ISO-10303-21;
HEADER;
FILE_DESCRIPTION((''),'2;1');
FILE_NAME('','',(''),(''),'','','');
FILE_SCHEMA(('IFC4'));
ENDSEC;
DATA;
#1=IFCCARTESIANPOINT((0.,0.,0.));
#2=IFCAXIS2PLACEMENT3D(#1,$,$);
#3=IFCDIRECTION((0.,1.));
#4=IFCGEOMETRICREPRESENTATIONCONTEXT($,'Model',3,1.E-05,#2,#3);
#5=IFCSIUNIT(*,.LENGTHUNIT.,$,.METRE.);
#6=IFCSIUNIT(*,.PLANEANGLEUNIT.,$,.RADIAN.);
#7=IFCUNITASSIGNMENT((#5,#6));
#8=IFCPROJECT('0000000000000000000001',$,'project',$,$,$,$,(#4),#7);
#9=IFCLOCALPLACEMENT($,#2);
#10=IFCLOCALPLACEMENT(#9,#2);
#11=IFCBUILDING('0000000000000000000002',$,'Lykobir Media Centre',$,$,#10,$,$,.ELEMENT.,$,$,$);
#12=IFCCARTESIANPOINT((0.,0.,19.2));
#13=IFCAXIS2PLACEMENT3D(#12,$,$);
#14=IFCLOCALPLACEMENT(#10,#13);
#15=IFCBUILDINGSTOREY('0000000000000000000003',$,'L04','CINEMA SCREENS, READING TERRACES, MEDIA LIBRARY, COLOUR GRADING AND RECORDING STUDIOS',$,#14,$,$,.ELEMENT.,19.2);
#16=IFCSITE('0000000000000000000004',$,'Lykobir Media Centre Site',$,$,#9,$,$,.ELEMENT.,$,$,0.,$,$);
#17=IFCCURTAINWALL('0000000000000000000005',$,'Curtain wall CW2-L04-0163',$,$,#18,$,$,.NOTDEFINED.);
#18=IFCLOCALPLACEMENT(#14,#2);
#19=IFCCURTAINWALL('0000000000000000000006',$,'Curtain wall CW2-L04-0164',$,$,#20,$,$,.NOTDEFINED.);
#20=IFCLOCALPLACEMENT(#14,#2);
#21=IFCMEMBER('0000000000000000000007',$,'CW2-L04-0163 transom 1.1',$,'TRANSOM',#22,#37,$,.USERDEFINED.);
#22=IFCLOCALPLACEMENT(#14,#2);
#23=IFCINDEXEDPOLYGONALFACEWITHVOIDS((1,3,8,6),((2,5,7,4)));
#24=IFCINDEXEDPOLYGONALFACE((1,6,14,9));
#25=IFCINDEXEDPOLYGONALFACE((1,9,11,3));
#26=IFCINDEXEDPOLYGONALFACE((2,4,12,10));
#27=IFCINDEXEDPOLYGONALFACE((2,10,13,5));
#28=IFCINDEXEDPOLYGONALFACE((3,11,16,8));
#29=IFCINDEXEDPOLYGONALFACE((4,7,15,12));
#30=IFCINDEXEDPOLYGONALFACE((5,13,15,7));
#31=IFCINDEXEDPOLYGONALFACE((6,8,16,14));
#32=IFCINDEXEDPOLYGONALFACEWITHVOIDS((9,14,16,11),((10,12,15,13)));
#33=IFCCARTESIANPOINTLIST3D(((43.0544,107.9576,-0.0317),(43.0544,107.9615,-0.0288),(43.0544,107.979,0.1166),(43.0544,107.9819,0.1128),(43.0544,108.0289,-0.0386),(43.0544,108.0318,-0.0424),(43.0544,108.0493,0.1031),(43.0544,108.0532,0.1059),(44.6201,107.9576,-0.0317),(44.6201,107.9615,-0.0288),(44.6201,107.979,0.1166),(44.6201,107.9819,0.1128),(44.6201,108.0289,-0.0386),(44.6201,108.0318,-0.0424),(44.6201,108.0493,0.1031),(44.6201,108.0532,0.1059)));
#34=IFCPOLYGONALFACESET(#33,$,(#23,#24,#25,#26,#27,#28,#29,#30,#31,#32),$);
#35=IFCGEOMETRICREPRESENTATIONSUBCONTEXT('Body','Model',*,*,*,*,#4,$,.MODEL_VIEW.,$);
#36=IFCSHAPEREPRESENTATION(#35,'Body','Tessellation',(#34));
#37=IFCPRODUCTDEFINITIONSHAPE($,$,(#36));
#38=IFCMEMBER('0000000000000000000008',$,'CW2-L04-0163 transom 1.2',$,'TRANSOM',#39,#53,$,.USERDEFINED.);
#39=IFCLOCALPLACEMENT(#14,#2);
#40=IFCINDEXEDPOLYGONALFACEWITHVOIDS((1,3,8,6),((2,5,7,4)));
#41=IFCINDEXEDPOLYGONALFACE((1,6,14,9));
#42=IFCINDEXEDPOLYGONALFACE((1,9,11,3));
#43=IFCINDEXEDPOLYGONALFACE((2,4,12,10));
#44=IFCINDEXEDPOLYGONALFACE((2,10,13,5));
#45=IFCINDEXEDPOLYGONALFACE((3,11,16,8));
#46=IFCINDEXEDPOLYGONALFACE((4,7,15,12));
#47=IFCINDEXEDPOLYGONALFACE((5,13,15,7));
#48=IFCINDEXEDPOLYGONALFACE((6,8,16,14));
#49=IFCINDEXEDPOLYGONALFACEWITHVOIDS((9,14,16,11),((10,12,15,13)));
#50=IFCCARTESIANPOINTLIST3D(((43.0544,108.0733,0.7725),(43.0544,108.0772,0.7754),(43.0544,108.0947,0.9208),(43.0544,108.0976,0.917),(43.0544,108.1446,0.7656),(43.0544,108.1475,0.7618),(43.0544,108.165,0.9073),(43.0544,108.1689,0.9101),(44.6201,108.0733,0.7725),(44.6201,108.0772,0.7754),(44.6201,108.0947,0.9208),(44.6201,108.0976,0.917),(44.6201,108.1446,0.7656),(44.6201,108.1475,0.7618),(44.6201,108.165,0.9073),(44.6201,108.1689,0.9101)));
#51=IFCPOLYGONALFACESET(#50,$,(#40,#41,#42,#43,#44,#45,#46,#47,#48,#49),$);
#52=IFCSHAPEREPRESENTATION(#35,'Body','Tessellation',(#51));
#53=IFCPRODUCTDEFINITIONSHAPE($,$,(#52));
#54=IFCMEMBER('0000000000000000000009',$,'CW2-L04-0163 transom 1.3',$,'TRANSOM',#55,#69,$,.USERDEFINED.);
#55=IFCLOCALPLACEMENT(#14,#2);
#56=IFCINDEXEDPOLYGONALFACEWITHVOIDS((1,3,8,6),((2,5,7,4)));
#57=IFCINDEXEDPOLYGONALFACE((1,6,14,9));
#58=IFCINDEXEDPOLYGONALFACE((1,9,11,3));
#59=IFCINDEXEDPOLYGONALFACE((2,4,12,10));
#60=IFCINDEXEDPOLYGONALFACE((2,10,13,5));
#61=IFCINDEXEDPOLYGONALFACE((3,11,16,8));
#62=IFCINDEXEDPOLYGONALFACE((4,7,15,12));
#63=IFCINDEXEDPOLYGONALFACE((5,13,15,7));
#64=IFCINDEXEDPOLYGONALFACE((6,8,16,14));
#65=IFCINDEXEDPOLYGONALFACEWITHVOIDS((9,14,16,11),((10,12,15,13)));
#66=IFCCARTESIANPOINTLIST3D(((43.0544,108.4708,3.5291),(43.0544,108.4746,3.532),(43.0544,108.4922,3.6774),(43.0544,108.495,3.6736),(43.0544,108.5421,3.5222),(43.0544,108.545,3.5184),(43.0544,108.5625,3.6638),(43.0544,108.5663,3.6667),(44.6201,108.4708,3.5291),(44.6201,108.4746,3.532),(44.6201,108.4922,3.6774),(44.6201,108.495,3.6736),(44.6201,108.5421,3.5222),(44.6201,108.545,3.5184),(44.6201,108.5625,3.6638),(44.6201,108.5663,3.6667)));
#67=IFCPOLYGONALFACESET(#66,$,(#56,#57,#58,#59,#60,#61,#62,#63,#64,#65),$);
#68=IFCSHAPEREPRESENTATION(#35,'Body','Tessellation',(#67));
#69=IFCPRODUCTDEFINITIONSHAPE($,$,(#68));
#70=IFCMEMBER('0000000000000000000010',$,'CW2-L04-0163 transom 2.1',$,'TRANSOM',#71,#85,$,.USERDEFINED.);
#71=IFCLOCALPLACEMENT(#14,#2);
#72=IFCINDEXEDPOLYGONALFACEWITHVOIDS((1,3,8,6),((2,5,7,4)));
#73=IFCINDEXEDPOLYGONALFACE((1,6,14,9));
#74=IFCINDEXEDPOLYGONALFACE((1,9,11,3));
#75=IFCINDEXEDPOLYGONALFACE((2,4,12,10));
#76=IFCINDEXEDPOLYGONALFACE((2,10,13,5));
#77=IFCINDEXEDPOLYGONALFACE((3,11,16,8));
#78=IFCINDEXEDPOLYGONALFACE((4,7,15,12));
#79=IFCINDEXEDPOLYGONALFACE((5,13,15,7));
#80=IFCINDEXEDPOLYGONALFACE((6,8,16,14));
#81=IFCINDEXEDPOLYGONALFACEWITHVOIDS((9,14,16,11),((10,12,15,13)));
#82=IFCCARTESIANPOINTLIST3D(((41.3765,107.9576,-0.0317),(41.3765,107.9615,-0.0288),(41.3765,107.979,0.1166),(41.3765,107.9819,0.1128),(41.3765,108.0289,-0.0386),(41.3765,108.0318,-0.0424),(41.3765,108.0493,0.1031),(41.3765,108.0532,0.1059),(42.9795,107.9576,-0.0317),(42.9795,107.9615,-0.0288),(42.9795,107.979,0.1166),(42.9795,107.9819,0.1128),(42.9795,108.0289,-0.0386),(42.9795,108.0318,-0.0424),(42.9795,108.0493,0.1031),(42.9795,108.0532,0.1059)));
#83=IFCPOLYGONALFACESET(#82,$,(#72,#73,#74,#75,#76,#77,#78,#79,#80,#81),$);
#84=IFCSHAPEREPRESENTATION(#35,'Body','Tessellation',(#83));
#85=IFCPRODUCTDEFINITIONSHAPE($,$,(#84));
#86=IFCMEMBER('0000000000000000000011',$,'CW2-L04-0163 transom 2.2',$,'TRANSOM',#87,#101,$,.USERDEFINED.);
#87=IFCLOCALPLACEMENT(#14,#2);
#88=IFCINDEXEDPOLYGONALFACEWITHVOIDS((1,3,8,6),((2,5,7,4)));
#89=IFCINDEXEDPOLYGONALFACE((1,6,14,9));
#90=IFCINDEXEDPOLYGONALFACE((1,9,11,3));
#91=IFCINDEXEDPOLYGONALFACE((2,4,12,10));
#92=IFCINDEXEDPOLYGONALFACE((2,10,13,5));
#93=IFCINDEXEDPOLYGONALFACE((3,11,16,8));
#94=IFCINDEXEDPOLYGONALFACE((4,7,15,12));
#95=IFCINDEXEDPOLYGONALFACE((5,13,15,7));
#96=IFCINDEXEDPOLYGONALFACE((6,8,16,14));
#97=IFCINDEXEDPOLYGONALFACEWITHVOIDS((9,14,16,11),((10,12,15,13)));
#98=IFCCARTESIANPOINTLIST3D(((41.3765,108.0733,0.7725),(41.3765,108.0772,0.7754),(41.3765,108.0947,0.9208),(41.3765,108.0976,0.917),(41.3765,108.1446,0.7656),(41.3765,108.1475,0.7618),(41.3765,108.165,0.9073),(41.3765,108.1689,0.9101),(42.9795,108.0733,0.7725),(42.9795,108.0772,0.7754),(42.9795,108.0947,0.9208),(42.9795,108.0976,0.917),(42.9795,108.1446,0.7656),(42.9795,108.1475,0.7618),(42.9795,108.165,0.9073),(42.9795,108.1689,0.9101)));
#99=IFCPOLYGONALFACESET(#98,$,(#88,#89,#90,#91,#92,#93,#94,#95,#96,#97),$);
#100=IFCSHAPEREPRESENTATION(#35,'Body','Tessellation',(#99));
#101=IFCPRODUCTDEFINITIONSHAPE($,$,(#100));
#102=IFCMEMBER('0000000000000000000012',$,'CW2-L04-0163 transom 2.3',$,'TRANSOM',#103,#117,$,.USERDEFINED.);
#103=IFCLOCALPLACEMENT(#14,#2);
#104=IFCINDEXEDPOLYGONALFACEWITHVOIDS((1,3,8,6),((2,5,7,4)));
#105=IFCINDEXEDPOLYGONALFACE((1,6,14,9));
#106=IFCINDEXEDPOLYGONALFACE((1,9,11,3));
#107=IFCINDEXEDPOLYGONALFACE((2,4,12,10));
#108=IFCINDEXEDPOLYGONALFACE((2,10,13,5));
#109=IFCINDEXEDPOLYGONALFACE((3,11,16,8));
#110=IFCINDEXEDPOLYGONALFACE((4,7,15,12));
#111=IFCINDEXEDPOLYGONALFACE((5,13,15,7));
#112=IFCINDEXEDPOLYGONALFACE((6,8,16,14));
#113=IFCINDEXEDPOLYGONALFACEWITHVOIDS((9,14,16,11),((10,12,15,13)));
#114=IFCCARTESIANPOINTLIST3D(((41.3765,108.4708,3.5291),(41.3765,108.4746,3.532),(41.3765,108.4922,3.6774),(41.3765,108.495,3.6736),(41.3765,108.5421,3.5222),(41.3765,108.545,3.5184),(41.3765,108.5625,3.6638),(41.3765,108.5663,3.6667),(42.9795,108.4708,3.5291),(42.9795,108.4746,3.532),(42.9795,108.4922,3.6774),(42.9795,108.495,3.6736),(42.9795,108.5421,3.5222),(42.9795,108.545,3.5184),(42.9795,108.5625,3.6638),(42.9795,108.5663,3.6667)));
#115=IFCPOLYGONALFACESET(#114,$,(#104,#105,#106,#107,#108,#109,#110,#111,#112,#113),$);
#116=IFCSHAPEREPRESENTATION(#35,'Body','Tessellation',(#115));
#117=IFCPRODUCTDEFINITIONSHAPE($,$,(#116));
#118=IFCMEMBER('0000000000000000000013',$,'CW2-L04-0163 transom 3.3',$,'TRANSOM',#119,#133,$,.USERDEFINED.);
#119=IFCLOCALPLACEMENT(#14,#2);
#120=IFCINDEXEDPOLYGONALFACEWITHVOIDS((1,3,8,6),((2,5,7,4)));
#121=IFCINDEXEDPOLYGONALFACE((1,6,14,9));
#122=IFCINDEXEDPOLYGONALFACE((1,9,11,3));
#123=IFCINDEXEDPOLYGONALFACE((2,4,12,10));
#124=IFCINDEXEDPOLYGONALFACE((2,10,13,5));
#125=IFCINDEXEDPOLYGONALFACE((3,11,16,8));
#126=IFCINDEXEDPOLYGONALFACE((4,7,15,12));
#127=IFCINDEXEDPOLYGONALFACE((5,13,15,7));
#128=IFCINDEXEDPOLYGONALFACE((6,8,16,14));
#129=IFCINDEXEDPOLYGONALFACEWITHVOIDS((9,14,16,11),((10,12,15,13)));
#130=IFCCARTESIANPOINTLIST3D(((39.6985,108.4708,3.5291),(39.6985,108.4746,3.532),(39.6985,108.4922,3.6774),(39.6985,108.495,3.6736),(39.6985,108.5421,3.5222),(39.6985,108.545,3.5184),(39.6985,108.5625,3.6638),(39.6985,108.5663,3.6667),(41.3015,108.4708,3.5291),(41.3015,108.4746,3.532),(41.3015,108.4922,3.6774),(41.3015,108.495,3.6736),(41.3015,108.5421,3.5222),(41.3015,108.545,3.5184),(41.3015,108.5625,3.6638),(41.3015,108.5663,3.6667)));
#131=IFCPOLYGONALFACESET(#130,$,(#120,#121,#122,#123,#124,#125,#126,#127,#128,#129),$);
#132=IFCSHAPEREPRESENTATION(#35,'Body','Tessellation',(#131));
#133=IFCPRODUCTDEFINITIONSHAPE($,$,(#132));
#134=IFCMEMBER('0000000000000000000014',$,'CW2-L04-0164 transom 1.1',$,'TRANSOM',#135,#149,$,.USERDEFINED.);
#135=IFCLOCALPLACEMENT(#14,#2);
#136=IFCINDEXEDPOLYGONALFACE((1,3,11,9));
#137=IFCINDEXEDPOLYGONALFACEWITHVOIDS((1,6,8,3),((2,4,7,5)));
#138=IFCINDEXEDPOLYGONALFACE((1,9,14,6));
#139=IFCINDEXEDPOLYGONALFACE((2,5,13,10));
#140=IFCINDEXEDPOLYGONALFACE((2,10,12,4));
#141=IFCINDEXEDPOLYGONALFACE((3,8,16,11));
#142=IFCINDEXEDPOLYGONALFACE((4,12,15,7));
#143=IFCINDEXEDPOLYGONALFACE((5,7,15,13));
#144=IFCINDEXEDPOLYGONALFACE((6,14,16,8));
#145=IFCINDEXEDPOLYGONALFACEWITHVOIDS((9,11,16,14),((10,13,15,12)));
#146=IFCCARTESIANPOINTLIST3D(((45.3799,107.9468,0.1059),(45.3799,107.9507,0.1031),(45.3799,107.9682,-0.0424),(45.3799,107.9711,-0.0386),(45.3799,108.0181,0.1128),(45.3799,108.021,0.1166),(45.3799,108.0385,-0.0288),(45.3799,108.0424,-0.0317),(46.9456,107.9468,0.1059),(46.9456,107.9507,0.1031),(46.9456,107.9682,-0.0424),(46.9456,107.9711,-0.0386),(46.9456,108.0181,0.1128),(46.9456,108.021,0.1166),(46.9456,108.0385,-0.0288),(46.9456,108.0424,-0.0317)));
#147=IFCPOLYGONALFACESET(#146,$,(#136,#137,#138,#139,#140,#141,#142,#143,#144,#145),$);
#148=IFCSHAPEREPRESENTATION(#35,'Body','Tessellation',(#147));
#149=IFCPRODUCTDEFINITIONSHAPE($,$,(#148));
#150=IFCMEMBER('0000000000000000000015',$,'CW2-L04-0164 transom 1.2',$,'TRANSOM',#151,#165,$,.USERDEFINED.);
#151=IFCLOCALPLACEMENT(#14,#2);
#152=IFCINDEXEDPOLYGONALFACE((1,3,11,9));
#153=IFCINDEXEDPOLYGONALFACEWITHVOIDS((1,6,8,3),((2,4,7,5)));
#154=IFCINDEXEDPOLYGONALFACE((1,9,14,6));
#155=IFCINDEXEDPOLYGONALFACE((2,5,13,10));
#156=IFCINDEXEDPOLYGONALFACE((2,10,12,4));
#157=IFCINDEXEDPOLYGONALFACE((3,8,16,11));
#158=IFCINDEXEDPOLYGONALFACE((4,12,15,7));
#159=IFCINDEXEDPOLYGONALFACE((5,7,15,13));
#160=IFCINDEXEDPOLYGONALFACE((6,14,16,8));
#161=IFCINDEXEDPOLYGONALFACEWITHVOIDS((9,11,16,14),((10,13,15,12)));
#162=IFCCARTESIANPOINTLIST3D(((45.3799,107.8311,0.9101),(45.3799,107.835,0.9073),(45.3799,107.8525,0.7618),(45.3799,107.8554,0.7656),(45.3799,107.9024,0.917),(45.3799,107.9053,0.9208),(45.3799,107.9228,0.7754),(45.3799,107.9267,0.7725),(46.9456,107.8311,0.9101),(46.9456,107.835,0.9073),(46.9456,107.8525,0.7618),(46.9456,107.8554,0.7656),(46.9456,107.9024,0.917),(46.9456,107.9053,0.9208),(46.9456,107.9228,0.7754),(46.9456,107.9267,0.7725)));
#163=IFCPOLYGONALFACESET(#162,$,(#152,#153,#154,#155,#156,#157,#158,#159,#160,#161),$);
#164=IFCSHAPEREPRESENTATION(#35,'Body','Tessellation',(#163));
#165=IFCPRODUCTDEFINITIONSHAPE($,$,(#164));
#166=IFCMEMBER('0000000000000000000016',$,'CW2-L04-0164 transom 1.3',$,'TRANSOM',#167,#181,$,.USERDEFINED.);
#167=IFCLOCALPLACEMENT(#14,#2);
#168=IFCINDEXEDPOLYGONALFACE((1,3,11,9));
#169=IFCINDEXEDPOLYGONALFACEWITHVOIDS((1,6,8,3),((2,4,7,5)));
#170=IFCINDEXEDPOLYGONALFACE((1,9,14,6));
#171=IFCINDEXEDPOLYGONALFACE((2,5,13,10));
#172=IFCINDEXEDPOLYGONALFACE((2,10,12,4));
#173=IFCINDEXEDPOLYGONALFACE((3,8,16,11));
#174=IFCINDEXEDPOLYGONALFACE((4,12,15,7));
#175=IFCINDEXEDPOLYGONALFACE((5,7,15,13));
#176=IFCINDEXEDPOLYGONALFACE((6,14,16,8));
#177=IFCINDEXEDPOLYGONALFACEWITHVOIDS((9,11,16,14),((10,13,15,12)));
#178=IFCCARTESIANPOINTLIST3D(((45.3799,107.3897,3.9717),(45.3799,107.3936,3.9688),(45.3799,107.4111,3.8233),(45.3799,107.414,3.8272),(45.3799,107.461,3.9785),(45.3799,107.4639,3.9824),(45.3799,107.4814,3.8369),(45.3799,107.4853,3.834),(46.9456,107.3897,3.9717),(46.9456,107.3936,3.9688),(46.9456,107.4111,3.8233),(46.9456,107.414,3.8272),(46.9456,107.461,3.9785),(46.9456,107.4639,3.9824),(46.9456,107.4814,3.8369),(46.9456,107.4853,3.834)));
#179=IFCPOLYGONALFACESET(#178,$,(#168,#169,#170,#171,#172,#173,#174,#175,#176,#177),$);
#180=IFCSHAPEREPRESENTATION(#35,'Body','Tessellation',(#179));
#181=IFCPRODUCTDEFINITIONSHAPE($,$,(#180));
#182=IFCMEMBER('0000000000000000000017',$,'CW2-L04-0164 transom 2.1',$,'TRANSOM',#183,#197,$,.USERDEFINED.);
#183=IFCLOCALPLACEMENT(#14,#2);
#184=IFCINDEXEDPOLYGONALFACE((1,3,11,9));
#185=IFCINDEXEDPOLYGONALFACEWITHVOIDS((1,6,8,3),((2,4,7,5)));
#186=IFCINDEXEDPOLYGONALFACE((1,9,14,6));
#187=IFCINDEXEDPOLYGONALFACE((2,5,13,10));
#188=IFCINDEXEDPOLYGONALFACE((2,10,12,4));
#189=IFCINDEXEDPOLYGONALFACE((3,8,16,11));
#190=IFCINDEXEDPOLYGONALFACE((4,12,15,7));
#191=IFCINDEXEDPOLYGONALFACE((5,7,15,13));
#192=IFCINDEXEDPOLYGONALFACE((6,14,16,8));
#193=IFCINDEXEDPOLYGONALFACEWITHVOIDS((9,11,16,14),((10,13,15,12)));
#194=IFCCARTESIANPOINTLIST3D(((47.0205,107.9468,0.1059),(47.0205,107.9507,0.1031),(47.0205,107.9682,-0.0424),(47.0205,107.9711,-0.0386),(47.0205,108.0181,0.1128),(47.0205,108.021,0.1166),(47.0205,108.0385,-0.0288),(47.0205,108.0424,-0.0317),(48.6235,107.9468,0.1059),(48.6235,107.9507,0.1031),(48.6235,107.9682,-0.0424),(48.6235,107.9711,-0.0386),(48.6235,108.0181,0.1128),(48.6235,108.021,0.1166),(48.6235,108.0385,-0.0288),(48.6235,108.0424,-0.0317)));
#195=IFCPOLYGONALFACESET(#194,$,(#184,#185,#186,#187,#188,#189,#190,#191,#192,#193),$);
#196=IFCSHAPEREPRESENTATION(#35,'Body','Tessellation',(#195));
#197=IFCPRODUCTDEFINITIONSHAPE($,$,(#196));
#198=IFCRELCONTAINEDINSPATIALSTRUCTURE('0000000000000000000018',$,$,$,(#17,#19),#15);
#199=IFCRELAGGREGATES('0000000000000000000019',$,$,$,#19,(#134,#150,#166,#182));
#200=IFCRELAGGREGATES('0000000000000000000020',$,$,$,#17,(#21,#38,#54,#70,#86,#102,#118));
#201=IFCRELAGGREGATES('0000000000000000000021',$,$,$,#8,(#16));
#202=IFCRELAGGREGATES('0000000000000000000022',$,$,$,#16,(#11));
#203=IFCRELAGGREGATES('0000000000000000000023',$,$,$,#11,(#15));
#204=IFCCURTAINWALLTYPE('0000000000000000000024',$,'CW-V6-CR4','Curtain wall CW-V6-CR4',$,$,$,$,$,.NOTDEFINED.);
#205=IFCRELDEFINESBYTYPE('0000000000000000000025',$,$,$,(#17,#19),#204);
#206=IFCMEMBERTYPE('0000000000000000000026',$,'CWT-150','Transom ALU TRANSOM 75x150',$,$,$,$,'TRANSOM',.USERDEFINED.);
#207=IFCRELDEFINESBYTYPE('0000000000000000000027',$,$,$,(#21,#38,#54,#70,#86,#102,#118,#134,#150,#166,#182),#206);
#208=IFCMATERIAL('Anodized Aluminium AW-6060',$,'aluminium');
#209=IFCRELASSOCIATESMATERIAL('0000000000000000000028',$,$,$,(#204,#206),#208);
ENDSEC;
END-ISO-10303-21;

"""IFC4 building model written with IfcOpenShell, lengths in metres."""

from ifc_helpers import new_model, si_unit, direction, frame, origin, origin_2d, place, context, subcontext, project, spatial, hollow_rectangle, extrude, material, material_profile, profile_set, type_object, element, aggregate, save


model = new_model("IFC4")

# Units and contexts
model_context = context("Model", 3, precision=1e-05, world=origin(), true_north=direction((0.0, 1.0)))
body_context = subcontext(model_context, "Body", "Model", "MODEL_VIEW")
ifc_project = project(units=[si_unit("LENGTHUNIT", "METRE"), si_unit("PLANEANGLEUNIT", "RADIAN")], contexts=[model_context])

# Site, building, storey
site_placement = place(None, origin())
site = spatial("IfcSite", under=ifc_project, at=site_placement, Name="Lykobir Media Centre Site", CompositionType="ELEMENT", RefElevation=0.0)
building_placement = place(site_placement, origin())
building = spatial("IfcBuilding", under=site, at=building_placement, Name="Lykobir Media Centre", CompositionType="ELEMENT")
storey_placement = place(building_placement, frame((0.0, 0.0, 19.2)))
storey = spatial("IfcBuildingStorey", under=building, at=storey_placement, Name="L04", Description="CINEMA SCREENS, READING TERRACES, MEDIA LIBRARY, COLOUR GRADING AND RECORDING STUDIOS", CompositionType="ELEMENT", Elevation=19.2)

# Curtain walls
ifc_material_1 = material(Name="Anodized Aluminium AW-6060", Category="aluminium")
curtain_wall_type_1 = type_object("IfcCurtainWallType", Name="CW-V6-CR4", Description="Curtain wall CW-V6-CR4", PredefinedType="NOTDEFINED", material=ifc_material_1)
curtain_wall_1_placement = place(storey_placement, origin())
curtain_wall_1 = element("IfcCurtainWall", 1, at=curtain_wall_1_placement, inside=storey, type_object=curtain_wall_type_1, Name="Curtain wall CW2-L04-0163", PredefinedType="NOTDEFINED")
curtain_wall_2_placement = place(storey_placement, origin())
curtain_wall_2 = element("IfcCurtainWall", 2, at=curtain_wall_2_placement, inside=storey, type_object=curtain_wall_type_1, Name="Curtain wall CW2-L04-0164", PredefinedType="NOTDEFINED")

# Members
ifc_material_profile_1 = material_profile(ifc_material_1, hollow_rectangle(XDim=0.075, YDim=0.1499, WallThickness=0.0034, at=origin_2d()), Name="ALU TRANSOM 75x150")
ifc_profile_set_1 = profile_set([ifc_material_profile_1], Name="Anodized Aluminium AW-6060")
member_type_1 = type_object("IfcMemberType", Name="CWT-150", Description="Transom ALU TRANSOM 75x150", ElementType="TRANSOM", PredefinedType="USERDEFINED", material=ifc_profile_set_1)
member_1_placement = place(storey_placement, frame((44.6201, 108.0054, 0.0371), z_axis=(-1.0, 0.0, 0.0), x_axis=(0.0, -0.989776, 0.142629)))
member_1 = element("IfcMember", 3, at=member_1_placement, type_object=member_type_1, Name="CW2-L04-0163 transom 1.1", ObjectType="TRANSOM", PredefinedType="USERDEFINED", context=body_context, shape_type="SweptSolid", body=[
    extrude(hollow_rectangle(XDim=0.075, YDim=0.1499, WallThickness=0.0034, at=origin_2d()), origin(), (0.0, 0.0, 1.0), 1.5657),
])
member_2_placement = place(storey_placement, frame((44.6201, 108.1211, 0.8413), z_axis=(-1.0, 0.0, 0.0), x_axis=(0.0, -0.989776, 0.142629)))
member_2 = element("IfcMember", 4, at=member_2_placement, type_object=member_type_1, Name="CW2-L04-0163 transom 1.2", ObjectType="TRANSOM", PredefinedType="USERDEFINED", context=body_context, shape_type="SweptSolid", body=[
    extrude(hollow_rectangle(XDim=0.075, YDim=0.1499, WallThickness=0.0034, at=origin_2d()), origin(), (0.0, 0.0, 1.0), 1.5657),
])
member_3_placement = place(storey_placement, frame((44.6201, 108.5186, 3.5979), z_axis=(-1.0, 0.0, 0.0), x_axis=(0.0, -0.989776, 0.142629)))
member_3 = element("IfcMember", 5, at=member_3_placement, type_object=member_type_1, Name="CW2-L04-0163 transom 1.3", ObjectType="TRANSOM", PredefinedType="USERDEFINED", context=body_context, shape_type="SweptSolid", body=[
    extrude(hollow_rectangle(XDim=0.075, YDim=0.1499, WallThickness=0.0034, at=origin_2d()), origin(), (0.0, 0.0, 1.0), 1.5657),
])
member_4_placement = place(storey_placement, frame((42.9795, 108.0054, 0.0371), z_axis=(-1.0, 0.0, 0.0), x_axis=(0.0, -0.989776, 0.142629)))
member_4 = element("IfcMember", 6, at=member_4_placement, type_object=member_type_1, Name="CW2-L04-0163 transom 2.1", ObjectType="TRANSOM", PredefinedType="USERDEFINED", context=body_context, shape_type="SweptSolid", body=[
    extrude(hollow_rectangle(XDim=0.075, YDim=0.1499, WallThickness=0.0034, at=origin_2d()), origin(), (0.0, 0.0, 1.0), 1.603),
])
member_5_placement = place(storey_placement, frame((42.9795, 108.1211, 0.8413), z_axis=(-1.0, 0.0, 0.0), x_axis=(0.0, -0.989776, 0.142629)))
member_5 = element("IfcMember", 7, at=member_5_placement, type_object=member_type_1, Name="CW2-L04-0163 transom 2.2", ObjectType="TRANSOM", PredefinedType="USERDEFINED", context=body_context, shape_type="SweptSolid", body=[
    extrude(hollow_rectangle(XDim=0.075, YDim=0.1499, WallThickness=0.0034, at=origin_2d()), origin(), (0.0, 0.0, 1.0), 1.603),
])
member_6_placement = place(storey_placement, frame((42.9795, 108.5186, 3.5979), z_axis=(-1.0, 0.0, 0.0), x_axis=(0.0, -0.989776, 0.142629)))
member_6 = element("IfcMember", 8, at=member_6_placement, type_object=member_type_1, Name="CW2-L04-0163 transom 2.3", ObjectType="TRANSOM", PredefinedType="USERDEFINED", context=body_context, shape_type="SweptSolid", body=[
    extrude(hollow_rectangle(XDim=0.075, YDim=0.1499, WallThickness=0.0034, at=origin_2d()), origin(), (0.0, 0.0, 1.0), 1.603),
])
member_7_placement = place(storey_placement, frame((41.3015, 108.5186, 3.5979), z_axis=(-1.0, 0.0, 0.0), x_axis=(0.0, -0.989776, 0.142629)))
member_7 = element("IfcMember", 9, at=member_7_placement, type_object=member_type_1, Name="CW2-L04-0163 transom 3.3", ObjectType="TRANSOM", PredefinedType="USERDEFINED", context=body_context, shape_type="SweptSolid", body=[
    extrude(hollow_rectangle(XDim=0.075, YDim=0.1499, WallThickness=0.0034, at=origin_2d()), origin(), (0.0, 0.0, 1.0), 1.603),
])
member_8_placement = place(storey_placement, frame((45.3799, 107.9946, 0.0371), z_axis=(1.0, 0.0, 0.0), x_axis=(0.0, 0.989776, 0.142629)))
member_8 = element("IfcMember", 10, at=member_8_placement, type_object=member_type_1, Name="CW2-L04-0164 transom 1.1", ObjectType="TRANSOM", PredefinedType="USERDEFINED", context=body_context, shape_type="SweptSolid", body=[
    extrude(hollow_rectangle(XDim=0.075, YDim=0.1499, WallThickness=0.0034, at=origin_2d()), origin(), (0.0, 0.0, 1.0), 1.5657),
])
member_9_placement = place(storey_placement, frame((45.3799, 107.8789, 0.8413), z_axis=(1.0, 0.0, 0.0), x_axis=(0.0, 0.989776, 0.142629)))
member_9 = element("IfcMember", 11, at=member_9_placement, type_object=member_type_1, Name="CW2-L04-0164 transom 1.2", ObjectType="TRANSOM", PredefinedType="USERDEFINED", context=body_context, shape_type="SweptSolid", body=[
    extrude(hollow_rectangle(XDim=0.075, YDim=0.1499, WallThickness=0.0034, at=origin_2d()), origin(), (0.0, 0.0, 1.0), 1.5657),
])
member_10_placement = place(storey_placement, frame((45.3799, 107.4375, 3.9028), z_axis=(1.0, 0.0, 0.0), x_axis=(0.0, 0.989776, 0.142629)))
member_10 = element("IfcMember", 12, at=member_10_placement, type_object=member_type_1, Name="CW2-L04-0164 transom 1.3", ObjectType="TRANSOM", PredefinedType="USERDEFINED", context=body_context, shape_type="SweptSolid", body=[
    extrude(hollow_rectangle(XDim=0.075, YDim=0.1499, WallThickness=0.0034, at=origin_2d()), origin(), (0.0, 0.0, 1.0), 1.5657),
])
member_11_placement = place(storey_placement, frame((47.0205, 107.9946, 0.0371), z_axis=(1.0, 0.0, 0.0), x_axis=(0.0, 0.989776, 0.142629)))
member_11 = element("IfcMember", 13, at=member_11_placement, type_object=member_type_1, Name="CW2-L04-0164 transom 2.1", ObjectType="TRANSOM", PredefinedType="USERDEFINED", context=body_context, shape_type="SweptSolid", body=[
    extrude(hollow_rectangle(XDim=0.075, YDim=0.1499, WallThickness=0.0034, at=origin_2d()), origin(), (0.0, 0.0, 1.0), 1.603),
])

aggregate(curtain_wall_2, [member_8, member_9, member_10, member_11])
aggregate(curtain_wall_1, [member_1, member_2, member_3, member_4, member_5, member_6, member_7])

save(model, "model.ifc")
